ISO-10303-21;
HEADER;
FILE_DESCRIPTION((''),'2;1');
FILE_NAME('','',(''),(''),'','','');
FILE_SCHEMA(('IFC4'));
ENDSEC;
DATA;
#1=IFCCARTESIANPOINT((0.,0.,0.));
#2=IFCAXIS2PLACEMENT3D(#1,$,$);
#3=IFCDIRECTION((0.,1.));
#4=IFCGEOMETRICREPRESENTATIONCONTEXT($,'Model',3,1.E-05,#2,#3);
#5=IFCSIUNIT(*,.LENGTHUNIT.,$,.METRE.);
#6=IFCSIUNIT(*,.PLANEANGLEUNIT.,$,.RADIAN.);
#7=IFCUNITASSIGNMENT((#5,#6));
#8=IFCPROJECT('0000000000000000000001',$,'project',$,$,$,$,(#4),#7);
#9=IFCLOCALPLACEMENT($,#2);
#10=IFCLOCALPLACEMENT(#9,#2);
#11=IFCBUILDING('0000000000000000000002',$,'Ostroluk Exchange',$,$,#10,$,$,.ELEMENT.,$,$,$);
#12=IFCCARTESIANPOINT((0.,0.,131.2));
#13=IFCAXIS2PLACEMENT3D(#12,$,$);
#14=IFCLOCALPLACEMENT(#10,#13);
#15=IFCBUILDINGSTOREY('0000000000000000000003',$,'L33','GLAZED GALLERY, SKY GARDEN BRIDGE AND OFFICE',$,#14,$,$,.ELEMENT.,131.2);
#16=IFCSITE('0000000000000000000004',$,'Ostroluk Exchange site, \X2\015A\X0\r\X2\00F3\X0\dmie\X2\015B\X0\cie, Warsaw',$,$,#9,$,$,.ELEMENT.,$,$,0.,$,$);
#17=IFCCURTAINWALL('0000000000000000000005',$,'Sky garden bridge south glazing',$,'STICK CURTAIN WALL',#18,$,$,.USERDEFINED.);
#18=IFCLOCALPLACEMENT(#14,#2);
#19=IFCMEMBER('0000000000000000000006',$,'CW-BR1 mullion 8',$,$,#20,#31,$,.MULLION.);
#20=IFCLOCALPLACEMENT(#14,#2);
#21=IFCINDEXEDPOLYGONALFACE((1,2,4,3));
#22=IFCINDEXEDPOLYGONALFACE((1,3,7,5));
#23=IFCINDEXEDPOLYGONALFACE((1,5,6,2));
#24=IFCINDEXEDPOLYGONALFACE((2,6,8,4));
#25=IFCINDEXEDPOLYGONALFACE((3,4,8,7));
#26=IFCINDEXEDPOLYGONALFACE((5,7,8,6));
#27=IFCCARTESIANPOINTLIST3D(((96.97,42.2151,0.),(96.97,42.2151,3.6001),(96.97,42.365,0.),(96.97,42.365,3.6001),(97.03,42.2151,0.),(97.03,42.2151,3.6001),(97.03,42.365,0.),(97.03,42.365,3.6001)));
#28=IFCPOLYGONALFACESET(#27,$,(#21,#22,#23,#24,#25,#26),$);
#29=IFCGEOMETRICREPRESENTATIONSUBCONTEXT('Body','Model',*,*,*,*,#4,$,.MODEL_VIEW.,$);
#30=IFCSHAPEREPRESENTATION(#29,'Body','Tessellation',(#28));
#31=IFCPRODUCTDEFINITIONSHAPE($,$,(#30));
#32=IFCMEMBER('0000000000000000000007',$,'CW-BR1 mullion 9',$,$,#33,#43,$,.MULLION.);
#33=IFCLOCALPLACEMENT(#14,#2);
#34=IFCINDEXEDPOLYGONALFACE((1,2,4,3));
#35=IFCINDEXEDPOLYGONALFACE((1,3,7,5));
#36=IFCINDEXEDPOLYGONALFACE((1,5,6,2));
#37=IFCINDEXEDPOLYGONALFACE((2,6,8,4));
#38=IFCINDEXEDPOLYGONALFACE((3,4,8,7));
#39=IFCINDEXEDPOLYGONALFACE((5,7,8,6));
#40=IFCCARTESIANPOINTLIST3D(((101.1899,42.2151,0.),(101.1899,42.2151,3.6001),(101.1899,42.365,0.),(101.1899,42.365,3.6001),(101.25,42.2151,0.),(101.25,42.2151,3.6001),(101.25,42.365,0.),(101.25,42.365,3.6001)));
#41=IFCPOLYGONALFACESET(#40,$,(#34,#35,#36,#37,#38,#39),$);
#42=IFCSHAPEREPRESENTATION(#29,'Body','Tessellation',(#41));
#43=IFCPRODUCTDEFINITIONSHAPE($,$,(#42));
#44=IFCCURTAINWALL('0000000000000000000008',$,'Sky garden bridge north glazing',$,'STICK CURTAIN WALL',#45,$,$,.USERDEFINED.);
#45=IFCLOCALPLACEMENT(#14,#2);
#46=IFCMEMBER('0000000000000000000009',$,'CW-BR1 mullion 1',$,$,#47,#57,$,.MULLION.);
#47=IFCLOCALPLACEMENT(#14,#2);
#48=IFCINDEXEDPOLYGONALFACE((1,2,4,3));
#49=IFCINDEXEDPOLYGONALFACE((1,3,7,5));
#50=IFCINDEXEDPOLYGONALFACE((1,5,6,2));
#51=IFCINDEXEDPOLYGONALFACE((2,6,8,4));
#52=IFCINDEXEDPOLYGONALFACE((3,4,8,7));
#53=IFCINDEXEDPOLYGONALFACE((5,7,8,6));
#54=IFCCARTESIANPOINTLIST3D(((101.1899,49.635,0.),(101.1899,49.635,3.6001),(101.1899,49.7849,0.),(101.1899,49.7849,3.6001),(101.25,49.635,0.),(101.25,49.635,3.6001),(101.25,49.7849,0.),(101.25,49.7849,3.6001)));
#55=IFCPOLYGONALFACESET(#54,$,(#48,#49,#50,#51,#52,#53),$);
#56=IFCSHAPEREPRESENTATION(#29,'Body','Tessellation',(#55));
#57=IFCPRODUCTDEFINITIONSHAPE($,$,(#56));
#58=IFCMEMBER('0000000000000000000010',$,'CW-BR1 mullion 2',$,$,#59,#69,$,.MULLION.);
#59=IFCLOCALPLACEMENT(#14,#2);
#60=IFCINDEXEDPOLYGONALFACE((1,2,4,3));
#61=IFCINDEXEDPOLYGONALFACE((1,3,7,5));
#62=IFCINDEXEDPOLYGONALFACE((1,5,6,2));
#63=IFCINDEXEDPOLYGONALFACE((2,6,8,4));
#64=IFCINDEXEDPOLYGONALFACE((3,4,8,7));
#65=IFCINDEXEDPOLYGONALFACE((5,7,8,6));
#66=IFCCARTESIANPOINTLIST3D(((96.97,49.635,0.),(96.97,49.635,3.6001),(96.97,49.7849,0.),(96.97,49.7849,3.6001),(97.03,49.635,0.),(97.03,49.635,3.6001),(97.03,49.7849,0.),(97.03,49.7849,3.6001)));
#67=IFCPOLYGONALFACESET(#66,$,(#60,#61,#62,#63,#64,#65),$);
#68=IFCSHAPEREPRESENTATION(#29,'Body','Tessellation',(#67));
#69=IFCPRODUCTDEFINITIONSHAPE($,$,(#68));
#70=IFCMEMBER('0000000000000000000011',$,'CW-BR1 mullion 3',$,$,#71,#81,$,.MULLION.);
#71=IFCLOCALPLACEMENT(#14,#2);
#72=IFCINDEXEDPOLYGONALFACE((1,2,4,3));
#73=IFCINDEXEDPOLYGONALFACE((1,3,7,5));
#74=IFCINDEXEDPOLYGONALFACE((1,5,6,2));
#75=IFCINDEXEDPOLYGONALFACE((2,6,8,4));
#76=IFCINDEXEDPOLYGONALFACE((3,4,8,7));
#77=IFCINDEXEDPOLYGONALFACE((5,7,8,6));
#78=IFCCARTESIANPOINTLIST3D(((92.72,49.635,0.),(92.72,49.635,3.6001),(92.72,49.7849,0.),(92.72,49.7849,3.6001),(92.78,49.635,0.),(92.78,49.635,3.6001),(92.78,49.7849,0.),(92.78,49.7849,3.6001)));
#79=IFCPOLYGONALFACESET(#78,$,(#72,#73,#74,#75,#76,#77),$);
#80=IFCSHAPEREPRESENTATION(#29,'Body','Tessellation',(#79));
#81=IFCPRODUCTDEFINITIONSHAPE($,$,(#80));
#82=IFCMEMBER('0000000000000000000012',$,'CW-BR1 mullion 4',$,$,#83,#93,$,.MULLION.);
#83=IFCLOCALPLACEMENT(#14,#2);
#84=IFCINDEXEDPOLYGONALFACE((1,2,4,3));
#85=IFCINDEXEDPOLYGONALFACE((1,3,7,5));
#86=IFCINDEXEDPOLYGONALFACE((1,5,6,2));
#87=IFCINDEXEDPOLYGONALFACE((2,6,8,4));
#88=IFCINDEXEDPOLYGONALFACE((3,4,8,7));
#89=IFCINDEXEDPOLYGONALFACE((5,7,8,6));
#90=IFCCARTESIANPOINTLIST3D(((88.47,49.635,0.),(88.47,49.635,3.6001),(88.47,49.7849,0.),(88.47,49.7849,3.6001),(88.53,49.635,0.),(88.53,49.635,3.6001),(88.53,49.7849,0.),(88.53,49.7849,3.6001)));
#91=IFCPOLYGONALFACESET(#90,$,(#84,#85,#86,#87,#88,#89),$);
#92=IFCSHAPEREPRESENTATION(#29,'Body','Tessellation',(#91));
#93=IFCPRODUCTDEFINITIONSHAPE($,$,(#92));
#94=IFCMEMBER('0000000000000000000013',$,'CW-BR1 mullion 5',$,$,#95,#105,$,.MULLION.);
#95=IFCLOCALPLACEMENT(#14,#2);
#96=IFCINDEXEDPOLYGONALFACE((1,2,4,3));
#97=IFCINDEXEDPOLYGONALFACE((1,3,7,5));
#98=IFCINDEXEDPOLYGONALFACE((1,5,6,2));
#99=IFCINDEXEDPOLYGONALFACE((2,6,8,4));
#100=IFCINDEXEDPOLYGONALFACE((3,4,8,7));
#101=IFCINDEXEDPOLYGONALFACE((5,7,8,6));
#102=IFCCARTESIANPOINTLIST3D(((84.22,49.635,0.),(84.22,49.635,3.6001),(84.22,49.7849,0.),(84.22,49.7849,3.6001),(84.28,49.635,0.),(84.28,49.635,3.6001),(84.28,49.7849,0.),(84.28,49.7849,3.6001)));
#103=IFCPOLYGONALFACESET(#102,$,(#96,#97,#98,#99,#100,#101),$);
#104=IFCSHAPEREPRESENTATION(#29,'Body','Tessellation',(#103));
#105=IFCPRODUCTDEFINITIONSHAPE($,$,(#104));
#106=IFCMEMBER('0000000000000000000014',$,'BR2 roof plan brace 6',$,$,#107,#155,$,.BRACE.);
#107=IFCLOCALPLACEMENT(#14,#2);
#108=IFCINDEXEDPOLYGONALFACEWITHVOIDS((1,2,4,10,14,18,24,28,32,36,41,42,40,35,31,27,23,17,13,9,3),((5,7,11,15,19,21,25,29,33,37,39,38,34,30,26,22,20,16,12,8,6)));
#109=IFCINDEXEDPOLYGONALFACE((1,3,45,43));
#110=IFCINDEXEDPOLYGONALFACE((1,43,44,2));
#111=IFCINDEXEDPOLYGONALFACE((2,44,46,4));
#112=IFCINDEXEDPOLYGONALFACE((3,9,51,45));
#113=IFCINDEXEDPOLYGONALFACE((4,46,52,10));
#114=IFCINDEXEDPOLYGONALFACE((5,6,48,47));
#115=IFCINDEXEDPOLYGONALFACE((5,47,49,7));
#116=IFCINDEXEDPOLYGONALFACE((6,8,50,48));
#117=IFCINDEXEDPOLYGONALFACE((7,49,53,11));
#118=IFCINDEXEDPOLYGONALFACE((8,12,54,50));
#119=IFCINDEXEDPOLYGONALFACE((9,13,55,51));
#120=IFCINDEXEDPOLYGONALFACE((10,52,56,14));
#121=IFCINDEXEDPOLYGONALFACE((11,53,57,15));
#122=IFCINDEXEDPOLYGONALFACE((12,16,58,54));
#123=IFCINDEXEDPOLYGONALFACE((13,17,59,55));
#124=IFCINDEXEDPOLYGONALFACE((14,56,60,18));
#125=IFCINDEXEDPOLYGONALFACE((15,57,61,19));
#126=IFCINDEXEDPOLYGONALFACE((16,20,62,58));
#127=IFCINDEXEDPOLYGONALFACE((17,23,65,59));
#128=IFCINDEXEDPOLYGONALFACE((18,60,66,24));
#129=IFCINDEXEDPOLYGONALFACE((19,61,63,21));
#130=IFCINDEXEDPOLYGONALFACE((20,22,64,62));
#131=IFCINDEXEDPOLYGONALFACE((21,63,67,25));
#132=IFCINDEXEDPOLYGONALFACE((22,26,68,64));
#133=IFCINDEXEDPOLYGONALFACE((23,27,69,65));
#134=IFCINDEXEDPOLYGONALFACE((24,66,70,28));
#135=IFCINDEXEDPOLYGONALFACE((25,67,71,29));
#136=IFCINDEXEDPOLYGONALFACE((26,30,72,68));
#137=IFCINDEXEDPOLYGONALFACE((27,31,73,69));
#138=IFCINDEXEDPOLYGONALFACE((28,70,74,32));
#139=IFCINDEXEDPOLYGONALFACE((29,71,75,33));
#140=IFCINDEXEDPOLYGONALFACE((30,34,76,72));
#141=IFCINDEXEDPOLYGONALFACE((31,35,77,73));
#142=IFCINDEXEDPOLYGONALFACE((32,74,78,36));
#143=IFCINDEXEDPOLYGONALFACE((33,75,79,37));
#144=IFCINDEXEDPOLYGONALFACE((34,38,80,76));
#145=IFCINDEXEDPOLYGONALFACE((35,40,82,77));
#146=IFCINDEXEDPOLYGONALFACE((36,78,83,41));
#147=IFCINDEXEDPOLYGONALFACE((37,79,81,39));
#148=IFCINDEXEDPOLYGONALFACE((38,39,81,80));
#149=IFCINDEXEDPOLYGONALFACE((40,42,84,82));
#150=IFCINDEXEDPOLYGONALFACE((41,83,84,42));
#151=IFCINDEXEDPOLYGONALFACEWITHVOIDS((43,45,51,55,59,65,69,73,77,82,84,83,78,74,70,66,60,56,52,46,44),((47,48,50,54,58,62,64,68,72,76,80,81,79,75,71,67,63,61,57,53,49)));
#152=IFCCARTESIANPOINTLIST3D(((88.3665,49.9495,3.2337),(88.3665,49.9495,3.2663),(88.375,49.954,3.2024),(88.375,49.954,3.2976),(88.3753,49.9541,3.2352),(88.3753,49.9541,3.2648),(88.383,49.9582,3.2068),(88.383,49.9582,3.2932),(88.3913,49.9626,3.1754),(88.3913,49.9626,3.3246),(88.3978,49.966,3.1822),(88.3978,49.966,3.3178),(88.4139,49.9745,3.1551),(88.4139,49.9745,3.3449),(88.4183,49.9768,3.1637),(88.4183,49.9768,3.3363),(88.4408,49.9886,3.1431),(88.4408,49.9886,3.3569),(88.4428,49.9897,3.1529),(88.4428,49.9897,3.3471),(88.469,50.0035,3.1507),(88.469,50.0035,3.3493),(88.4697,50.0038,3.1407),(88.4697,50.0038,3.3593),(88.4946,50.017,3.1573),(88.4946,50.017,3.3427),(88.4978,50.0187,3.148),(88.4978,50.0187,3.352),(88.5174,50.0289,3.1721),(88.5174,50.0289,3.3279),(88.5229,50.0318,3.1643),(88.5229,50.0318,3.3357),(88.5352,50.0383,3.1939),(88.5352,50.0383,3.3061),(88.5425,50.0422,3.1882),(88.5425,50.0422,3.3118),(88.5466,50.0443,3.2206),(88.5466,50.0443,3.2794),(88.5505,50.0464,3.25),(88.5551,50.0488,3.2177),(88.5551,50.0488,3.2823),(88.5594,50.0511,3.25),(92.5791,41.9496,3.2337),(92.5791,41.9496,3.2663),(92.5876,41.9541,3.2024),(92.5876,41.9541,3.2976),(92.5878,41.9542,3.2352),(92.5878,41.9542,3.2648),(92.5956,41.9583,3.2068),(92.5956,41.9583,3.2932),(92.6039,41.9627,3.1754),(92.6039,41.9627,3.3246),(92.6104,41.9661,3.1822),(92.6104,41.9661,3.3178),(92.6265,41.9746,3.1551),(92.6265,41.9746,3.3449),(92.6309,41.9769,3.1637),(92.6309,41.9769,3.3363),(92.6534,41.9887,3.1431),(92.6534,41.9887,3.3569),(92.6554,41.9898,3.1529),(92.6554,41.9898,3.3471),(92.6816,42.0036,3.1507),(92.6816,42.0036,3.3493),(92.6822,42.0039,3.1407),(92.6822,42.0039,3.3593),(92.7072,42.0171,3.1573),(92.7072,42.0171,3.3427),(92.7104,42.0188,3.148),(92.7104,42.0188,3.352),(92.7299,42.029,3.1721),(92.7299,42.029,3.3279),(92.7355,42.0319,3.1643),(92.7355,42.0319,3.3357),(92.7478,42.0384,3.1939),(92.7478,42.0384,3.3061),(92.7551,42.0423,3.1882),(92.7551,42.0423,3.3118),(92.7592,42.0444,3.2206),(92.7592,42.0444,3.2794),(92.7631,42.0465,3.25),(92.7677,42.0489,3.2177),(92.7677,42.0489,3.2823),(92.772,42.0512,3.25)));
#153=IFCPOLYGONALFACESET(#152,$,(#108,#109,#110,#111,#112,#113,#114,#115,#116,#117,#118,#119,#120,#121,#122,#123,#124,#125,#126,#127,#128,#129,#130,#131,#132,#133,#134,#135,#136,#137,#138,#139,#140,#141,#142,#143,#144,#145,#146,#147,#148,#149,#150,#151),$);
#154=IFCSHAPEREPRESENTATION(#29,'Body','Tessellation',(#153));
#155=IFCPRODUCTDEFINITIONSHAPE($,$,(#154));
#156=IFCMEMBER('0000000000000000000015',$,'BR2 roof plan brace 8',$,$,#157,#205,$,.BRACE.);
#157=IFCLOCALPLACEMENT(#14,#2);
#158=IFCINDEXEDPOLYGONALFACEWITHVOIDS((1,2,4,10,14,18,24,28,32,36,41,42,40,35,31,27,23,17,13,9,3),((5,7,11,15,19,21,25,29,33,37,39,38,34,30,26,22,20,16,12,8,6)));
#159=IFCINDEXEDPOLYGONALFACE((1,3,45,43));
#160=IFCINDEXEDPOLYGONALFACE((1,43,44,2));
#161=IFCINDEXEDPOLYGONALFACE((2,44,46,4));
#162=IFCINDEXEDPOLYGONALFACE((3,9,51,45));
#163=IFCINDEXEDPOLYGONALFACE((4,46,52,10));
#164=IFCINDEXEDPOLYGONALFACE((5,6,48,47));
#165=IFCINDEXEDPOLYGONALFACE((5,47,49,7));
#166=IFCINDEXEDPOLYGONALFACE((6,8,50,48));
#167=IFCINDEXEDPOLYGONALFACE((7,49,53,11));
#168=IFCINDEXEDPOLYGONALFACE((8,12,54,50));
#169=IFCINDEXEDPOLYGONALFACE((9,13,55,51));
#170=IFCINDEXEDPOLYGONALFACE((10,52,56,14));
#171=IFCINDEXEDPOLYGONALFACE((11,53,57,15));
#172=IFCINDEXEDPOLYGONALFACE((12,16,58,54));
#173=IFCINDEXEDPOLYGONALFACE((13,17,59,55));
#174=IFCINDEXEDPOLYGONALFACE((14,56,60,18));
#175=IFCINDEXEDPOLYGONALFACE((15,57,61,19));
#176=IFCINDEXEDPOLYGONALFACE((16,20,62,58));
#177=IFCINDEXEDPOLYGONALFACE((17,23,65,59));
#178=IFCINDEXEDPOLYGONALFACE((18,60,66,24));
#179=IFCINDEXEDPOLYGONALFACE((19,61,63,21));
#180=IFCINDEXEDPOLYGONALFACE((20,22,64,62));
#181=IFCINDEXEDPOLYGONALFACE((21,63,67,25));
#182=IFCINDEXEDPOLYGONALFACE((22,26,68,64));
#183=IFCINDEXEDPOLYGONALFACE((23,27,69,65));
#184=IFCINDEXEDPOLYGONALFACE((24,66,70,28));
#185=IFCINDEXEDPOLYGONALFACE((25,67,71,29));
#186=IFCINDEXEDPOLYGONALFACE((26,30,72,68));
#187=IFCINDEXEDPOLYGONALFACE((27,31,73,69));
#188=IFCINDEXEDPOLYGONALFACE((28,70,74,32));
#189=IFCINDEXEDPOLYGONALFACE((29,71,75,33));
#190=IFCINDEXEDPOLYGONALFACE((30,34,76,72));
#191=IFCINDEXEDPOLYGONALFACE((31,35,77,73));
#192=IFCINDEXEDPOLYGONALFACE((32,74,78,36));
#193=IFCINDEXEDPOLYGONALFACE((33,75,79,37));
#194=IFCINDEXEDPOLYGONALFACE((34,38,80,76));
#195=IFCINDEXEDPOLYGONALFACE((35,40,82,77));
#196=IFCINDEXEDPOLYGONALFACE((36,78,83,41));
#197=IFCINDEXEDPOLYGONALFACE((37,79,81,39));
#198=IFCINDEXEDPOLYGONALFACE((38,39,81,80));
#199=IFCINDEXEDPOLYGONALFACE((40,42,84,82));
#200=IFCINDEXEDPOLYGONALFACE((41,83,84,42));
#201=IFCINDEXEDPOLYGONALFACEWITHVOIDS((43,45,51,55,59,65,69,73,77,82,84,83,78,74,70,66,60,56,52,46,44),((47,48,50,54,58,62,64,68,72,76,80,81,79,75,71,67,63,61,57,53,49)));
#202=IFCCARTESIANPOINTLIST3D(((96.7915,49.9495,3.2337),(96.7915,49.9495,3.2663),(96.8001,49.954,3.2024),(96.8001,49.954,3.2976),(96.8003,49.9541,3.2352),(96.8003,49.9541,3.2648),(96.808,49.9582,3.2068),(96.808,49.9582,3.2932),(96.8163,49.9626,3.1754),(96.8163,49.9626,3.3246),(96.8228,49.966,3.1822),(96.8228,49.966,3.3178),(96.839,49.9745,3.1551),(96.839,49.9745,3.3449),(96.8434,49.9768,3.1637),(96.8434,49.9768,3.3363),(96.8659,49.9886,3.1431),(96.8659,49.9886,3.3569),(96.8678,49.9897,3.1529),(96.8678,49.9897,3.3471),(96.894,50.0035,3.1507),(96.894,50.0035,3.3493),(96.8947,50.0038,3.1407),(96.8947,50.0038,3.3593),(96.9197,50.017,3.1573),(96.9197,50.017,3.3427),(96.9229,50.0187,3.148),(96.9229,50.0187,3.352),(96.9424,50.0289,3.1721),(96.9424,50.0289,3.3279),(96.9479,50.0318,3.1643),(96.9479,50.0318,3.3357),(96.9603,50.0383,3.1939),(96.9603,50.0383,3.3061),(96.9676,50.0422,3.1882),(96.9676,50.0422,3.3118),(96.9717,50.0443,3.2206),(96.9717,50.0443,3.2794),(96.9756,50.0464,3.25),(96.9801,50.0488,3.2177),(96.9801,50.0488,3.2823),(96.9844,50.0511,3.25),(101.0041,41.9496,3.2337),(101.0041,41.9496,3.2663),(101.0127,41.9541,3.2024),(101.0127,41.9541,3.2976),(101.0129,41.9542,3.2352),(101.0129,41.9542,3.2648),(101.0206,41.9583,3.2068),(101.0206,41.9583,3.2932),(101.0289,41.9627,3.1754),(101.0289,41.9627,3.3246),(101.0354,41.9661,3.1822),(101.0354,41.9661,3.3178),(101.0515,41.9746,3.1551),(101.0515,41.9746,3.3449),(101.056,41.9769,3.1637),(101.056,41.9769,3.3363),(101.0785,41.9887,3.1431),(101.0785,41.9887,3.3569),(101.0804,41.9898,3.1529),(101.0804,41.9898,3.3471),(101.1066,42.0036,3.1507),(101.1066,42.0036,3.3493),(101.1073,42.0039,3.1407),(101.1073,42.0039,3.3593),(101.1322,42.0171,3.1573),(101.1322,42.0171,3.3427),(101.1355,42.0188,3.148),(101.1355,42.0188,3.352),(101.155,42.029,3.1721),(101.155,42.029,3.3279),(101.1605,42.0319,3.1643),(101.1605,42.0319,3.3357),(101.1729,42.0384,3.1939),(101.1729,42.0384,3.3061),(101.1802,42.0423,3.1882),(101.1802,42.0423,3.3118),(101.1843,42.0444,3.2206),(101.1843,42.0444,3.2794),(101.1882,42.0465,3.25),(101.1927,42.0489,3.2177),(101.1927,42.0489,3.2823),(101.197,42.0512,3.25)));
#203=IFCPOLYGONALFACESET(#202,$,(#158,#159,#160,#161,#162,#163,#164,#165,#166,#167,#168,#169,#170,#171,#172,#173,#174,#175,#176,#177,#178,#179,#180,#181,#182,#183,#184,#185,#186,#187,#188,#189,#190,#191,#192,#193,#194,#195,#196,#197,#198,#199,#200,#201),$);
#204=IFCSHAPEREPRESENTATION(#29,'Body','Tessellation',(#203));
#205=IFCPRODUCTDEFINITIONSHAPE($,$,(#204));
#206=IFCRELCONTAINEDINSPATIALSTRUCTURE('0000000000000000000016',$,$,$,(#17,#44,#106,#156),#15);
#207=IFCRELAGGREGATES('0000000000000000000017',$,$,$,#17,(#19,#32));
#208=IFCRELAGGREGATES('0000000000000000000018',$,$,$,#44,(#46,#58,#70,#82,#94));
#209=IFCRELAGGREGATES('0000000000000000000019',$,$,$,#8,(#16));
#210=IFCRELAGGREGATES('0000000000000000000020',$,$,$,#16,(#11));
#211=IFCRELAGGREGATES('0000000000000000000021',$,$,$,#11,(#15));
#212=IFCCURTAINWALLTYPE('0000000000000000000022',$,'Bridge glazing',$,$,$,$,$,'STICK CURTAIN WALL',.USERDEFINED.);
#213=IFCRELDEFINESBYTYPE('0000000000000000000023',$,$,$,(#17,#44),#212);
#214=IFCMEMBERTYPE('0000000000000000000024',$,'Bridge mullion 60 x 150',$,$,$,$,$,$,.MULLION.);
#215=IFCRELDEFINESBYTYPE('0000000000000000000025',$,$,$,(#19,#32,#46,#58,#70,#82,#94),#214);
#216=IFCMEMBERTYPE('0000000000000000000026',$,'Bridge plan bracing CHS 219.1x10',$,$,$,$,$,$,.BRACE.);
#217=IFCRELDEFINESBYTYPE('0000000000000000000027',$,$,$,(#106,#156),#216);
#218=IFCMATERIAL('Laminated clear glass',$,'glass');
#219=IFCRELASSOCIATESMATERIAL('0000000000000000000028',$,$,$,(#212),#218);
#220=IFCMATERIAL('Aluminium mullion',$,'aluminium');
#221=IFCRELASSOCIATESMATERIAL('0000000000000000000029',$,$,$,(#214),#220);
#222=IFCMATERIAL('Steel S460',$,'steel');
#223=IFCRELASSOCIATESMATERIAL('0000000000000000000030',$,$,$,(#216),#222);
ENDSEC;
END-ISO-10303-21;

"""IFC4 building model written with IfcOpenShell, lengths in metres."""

from ifc_helpers import new_model, si_unit, direction, frame, origin, origin_2d, place, context, subcontext, project, spatial, rectangle, hollow_circle, extrude, material, material_profile, profile_set, type_object, element, aggregate, save


model = new_model("IFC4")

# Units and contexts
model_context = context("Model", 3, precision=1e-05, world=origin(), true_north=direction((0.0, 1.0)))
body_context = subcontext(model_context, "Body", "Model", "MODEL_VIEW")
ifc_project = project(units=[si_unit("LENGTHUNIT", "METRE"), si_unit("PLANEANGLEUNIT", "RADIAN")], contexts=[model_context])

# Site, building, storey
site_placement = place(None, origin())
site = spatial("IfcSite", under=ifc_project, at=site_placement, Name="Ostroluk Exchange site, Śródmieście, Warsaw", CompositionType="ELEMENT", RefElevation=0.0)
building_placement = place(site_placement, origin())
building = spatial("IfcBuilding", under=site, at=building_placement, Name="Ostroluk Exchange", CompositionType="ELEMENT")
storey_placement = place(building_placement, frame((0.0, 0.0, 131.2)))
storey = spatial("IfcBuildingStorey", under=building, at=storey_placement, Name="L33", Description="GLAZED GALLERY, SKY GARDEN BRIDGE AND OFFICE", CompositionType="ELEMENT", Elevation=131.2)

# Curtain walls, members
ifc_material_1 = material(Name="Laminated clear glass", Category="glass")
curtain_wall_type = type_object("IfcCurtainWallType", Name="Bridge glazing", ElementType="STICK CURTAIN WALL", PredefinedType="USERDEFINED", material=ifc_material_1)
curtain_wall_1_placement = place(storey_placement, origin())
curtain_wall_1 = element("IfcCurtainWall", 1, at=curtain_wall_1_placement, inside=storey, type_object=curtain_wall_type, Name="Sky garden bridge south glazing", ObjectType="STICK CURTAIN WALL", PredefinedType="USERDEFINED")
ifc_material_2 = material(Name="Aluminium mullion", Category="aluminium")
ifc_material_profile_1 = material_profile(ifc_material_2, rectangle(XDim=0.1499, YDim=0.0601, at=origin_2d()), Name="Bridge mullion 60 x 150")
ifc_profile_set_1 = profile_set([ifc_material_profile_1], Name="Aluminium mullion")
member_type_1 = type_object("IfcMemberType", Name="Bridge mullion 60 x 150", PredefinedType="MULLION", material=ifc_profile_set_1)
member_1_placement = place(storey_placement, frame((97.0, 42.29, 0.0), z_axis=(0.0, 0.0, 1.0), x_axis=(0.0, 1.0, 0.0)))
member_1 = element("IfcMember", 2, at=member_1_placement, type_object=member_type_1, Name="CW-BR1 mullion 8", PredefinedType="MULLION", context=body_context, shape_type="SweptSolid", body=[
    extrude(rectangle(XDim=0.1499, YDim=0.0601, at=origin_2d()), origin(), (0.0, 0.0, 1.0), 3.6001),
])
member_2_placement = place(storey_placement, frame((101.22, 42.29, 0.0), z_axis=(0.0, 0.0, 1.0), x_axis=(0.0, 1.0, 0.0)))
member_2 = element("IfcMember", 3, at=member_2_placement, type_object=member_type_1, Name="CW-BR1 mullion 9", PredefinedType="MULLION", context=body_context, shape_type="SweptSolid", body=[
    extrude(rectangle(XDim=0.1499, YDim=0.0601, at=origin_2d()), origin(), (0.0, 0.0, 1.0), 3.6001),
])
curtain_wall_2_placement = place(storey_placement, origin())
curtain_wall_2 = element("IfcCurtainWall", 4, at=curtain_wall_2_placement, inside=storey, type_object=curtain_wall_type, Name="Sky garden bridge north glazing", ObjectType="STICK CURTAIN WALL", PredefinedType="USERDEFINED")
member_3_placement = place(storey_placement, frame((101.22, 49.71, 0.0), z_axis=(0.0, 0.0, 1.0), x_axis=(0.0, -1.0, 0.0)))
member_3 = element("IfcMember", 5, at=member_3_placement, type_object=member_type_1, Name="CW-BR1 mullion 1", PredefinedType="MULLION", context=body_context, shape_type="SweptSolid", body=[
    extrude(rectangle(XDim=0.1499, YDim=0.0601, at=origin_2d()), origin(), (0.0, 0.0, 1.0), 3.6001),
])
member_4_placement = place(storey_placement, frame((97.0, 49.71, 0.0), z_axis=(0.0, 0.0, 1.0), x_axis=(0.0, -1.0, 0.0)))
member_4 = element("IfcMember", 6, at=member_4_placement, type_object=member_type_1, Name="CW-BR1 mullion 2", PredefinedType="MULLION", context=body_context, shape_type="SweptSolid", body=[
    extrude(rectangle(XDim=0.1499, YDim=0.0601, at=origin_2d()), origin(), (0.0, 0.0, 1.0), 3.6001),
])
member_5_placement = place(storey_placement, frame((92.75, 49.71, 0.0), z_axis=(0.0, 0.0, 1.0), x_axis=(0.0, -1.0, 0.0)))
member_5 = element("IfcMember", 7, at=member_5_placement, type_object=member_type_1, Name="CW-BR1 mullion 3", PredefinedType="MULLION", context=body_context, shape_type="SweptSolid", body=[
    extrude(rectangle(XDim=0.1499, YDim=0.0601, at=origin_2d()), origin(), (0.0, 0.0, 1.0), 3.6001),
])
member_6_placement = place(storey_placement, frame((88.5, 49.71, 0.0), z_axis=(0.0, 0.0, 1.0), x_axis=(0.0, -1.0, 0.0)))
member_6 = element("IfcMember", 8, at=member_6_placement, type_object=member_type_1, Name="CW-BR1 mullion 4", PredefinedType="MULLION", context=body_context, shape_type="SweptSolid", body=[
    extrude(rectangle(XDim=0.1499, YDim=0.0601, at=origin_2d()), origin(), (0.0, 0.0, 1.0), 3.6001),
])
member_7_placement = place(storey_placement, frame((84.25, 49.71, 0.0), z_axis=(0.0, 0.0, 1.0), x_axis=(0.0, -1.0, 0.0)))
member_7 = element("IfcMember", 9, at=member_7_placement, type_object=member_type_1, Name="CW-BR1 mullion 5", PredefinedType="MULLION", context=body_context, shape_type="SweptSolid", body=[
    extrude(rectangle(XDim=0.1499, YDim=0.0601, at=origin_2d()), origin(), (0.0, 0.0, 1.0), 3.6001),
])

# Members
ifc_material_3 = material(Name="Steel S460", Category="steel")
ifc_material_profile_2 = material_profile(ifc_material_3, hollow_circle(Radius=0.1096, WallThickness=0.01, at=origin_2d()), Name="CHS 219.1x10")
ifc_profile_set_2 = profile_set([ifc_material_profile_2], Name="Steel S460")
member_type_2 = type_object("IfcMemberType", Name="Bridge plan bracing CHS 219.1x10", PredefinedType="BRACE", material=ifc_profile_set_2)
for number, where, z_axis, x_axis, name in (
    (10, (88.4624, 50.0, 3.25), (0.46593, -0.884822, 0.0), (0.884822, 0.46593, 0.0), "BR2 roof plan brace 6"),
    (11, (96.8875, 50.0, 3.25), (0.46593, -0.884822, 0.0), (0.884822, 0.46593, 0.0), "BR2 roof plan brace 8"),
):
    element("IfcMember", number, at=place(storey_placement, frame(where, z_axis=z_axis, x_axis=x_axis)), inside=storey, type_object=member_type_2, Name=name, PredefinedType="BRACE", context=body_context, shape_type="SweptSolid", body=[
        extrude(hollow_circle(Radius=0.1096, WallThickness=0.01, at=origin_2d()), origin(), (0.0, 0.0, 1.0), 9.0413),
    ])

aggregate(curtain_wall_1, [member_1, member_2])
aggregate(curtain_wall_2, [member_3, member_4, member_5, member_6, member_7])

save(model, "model.ifc")
